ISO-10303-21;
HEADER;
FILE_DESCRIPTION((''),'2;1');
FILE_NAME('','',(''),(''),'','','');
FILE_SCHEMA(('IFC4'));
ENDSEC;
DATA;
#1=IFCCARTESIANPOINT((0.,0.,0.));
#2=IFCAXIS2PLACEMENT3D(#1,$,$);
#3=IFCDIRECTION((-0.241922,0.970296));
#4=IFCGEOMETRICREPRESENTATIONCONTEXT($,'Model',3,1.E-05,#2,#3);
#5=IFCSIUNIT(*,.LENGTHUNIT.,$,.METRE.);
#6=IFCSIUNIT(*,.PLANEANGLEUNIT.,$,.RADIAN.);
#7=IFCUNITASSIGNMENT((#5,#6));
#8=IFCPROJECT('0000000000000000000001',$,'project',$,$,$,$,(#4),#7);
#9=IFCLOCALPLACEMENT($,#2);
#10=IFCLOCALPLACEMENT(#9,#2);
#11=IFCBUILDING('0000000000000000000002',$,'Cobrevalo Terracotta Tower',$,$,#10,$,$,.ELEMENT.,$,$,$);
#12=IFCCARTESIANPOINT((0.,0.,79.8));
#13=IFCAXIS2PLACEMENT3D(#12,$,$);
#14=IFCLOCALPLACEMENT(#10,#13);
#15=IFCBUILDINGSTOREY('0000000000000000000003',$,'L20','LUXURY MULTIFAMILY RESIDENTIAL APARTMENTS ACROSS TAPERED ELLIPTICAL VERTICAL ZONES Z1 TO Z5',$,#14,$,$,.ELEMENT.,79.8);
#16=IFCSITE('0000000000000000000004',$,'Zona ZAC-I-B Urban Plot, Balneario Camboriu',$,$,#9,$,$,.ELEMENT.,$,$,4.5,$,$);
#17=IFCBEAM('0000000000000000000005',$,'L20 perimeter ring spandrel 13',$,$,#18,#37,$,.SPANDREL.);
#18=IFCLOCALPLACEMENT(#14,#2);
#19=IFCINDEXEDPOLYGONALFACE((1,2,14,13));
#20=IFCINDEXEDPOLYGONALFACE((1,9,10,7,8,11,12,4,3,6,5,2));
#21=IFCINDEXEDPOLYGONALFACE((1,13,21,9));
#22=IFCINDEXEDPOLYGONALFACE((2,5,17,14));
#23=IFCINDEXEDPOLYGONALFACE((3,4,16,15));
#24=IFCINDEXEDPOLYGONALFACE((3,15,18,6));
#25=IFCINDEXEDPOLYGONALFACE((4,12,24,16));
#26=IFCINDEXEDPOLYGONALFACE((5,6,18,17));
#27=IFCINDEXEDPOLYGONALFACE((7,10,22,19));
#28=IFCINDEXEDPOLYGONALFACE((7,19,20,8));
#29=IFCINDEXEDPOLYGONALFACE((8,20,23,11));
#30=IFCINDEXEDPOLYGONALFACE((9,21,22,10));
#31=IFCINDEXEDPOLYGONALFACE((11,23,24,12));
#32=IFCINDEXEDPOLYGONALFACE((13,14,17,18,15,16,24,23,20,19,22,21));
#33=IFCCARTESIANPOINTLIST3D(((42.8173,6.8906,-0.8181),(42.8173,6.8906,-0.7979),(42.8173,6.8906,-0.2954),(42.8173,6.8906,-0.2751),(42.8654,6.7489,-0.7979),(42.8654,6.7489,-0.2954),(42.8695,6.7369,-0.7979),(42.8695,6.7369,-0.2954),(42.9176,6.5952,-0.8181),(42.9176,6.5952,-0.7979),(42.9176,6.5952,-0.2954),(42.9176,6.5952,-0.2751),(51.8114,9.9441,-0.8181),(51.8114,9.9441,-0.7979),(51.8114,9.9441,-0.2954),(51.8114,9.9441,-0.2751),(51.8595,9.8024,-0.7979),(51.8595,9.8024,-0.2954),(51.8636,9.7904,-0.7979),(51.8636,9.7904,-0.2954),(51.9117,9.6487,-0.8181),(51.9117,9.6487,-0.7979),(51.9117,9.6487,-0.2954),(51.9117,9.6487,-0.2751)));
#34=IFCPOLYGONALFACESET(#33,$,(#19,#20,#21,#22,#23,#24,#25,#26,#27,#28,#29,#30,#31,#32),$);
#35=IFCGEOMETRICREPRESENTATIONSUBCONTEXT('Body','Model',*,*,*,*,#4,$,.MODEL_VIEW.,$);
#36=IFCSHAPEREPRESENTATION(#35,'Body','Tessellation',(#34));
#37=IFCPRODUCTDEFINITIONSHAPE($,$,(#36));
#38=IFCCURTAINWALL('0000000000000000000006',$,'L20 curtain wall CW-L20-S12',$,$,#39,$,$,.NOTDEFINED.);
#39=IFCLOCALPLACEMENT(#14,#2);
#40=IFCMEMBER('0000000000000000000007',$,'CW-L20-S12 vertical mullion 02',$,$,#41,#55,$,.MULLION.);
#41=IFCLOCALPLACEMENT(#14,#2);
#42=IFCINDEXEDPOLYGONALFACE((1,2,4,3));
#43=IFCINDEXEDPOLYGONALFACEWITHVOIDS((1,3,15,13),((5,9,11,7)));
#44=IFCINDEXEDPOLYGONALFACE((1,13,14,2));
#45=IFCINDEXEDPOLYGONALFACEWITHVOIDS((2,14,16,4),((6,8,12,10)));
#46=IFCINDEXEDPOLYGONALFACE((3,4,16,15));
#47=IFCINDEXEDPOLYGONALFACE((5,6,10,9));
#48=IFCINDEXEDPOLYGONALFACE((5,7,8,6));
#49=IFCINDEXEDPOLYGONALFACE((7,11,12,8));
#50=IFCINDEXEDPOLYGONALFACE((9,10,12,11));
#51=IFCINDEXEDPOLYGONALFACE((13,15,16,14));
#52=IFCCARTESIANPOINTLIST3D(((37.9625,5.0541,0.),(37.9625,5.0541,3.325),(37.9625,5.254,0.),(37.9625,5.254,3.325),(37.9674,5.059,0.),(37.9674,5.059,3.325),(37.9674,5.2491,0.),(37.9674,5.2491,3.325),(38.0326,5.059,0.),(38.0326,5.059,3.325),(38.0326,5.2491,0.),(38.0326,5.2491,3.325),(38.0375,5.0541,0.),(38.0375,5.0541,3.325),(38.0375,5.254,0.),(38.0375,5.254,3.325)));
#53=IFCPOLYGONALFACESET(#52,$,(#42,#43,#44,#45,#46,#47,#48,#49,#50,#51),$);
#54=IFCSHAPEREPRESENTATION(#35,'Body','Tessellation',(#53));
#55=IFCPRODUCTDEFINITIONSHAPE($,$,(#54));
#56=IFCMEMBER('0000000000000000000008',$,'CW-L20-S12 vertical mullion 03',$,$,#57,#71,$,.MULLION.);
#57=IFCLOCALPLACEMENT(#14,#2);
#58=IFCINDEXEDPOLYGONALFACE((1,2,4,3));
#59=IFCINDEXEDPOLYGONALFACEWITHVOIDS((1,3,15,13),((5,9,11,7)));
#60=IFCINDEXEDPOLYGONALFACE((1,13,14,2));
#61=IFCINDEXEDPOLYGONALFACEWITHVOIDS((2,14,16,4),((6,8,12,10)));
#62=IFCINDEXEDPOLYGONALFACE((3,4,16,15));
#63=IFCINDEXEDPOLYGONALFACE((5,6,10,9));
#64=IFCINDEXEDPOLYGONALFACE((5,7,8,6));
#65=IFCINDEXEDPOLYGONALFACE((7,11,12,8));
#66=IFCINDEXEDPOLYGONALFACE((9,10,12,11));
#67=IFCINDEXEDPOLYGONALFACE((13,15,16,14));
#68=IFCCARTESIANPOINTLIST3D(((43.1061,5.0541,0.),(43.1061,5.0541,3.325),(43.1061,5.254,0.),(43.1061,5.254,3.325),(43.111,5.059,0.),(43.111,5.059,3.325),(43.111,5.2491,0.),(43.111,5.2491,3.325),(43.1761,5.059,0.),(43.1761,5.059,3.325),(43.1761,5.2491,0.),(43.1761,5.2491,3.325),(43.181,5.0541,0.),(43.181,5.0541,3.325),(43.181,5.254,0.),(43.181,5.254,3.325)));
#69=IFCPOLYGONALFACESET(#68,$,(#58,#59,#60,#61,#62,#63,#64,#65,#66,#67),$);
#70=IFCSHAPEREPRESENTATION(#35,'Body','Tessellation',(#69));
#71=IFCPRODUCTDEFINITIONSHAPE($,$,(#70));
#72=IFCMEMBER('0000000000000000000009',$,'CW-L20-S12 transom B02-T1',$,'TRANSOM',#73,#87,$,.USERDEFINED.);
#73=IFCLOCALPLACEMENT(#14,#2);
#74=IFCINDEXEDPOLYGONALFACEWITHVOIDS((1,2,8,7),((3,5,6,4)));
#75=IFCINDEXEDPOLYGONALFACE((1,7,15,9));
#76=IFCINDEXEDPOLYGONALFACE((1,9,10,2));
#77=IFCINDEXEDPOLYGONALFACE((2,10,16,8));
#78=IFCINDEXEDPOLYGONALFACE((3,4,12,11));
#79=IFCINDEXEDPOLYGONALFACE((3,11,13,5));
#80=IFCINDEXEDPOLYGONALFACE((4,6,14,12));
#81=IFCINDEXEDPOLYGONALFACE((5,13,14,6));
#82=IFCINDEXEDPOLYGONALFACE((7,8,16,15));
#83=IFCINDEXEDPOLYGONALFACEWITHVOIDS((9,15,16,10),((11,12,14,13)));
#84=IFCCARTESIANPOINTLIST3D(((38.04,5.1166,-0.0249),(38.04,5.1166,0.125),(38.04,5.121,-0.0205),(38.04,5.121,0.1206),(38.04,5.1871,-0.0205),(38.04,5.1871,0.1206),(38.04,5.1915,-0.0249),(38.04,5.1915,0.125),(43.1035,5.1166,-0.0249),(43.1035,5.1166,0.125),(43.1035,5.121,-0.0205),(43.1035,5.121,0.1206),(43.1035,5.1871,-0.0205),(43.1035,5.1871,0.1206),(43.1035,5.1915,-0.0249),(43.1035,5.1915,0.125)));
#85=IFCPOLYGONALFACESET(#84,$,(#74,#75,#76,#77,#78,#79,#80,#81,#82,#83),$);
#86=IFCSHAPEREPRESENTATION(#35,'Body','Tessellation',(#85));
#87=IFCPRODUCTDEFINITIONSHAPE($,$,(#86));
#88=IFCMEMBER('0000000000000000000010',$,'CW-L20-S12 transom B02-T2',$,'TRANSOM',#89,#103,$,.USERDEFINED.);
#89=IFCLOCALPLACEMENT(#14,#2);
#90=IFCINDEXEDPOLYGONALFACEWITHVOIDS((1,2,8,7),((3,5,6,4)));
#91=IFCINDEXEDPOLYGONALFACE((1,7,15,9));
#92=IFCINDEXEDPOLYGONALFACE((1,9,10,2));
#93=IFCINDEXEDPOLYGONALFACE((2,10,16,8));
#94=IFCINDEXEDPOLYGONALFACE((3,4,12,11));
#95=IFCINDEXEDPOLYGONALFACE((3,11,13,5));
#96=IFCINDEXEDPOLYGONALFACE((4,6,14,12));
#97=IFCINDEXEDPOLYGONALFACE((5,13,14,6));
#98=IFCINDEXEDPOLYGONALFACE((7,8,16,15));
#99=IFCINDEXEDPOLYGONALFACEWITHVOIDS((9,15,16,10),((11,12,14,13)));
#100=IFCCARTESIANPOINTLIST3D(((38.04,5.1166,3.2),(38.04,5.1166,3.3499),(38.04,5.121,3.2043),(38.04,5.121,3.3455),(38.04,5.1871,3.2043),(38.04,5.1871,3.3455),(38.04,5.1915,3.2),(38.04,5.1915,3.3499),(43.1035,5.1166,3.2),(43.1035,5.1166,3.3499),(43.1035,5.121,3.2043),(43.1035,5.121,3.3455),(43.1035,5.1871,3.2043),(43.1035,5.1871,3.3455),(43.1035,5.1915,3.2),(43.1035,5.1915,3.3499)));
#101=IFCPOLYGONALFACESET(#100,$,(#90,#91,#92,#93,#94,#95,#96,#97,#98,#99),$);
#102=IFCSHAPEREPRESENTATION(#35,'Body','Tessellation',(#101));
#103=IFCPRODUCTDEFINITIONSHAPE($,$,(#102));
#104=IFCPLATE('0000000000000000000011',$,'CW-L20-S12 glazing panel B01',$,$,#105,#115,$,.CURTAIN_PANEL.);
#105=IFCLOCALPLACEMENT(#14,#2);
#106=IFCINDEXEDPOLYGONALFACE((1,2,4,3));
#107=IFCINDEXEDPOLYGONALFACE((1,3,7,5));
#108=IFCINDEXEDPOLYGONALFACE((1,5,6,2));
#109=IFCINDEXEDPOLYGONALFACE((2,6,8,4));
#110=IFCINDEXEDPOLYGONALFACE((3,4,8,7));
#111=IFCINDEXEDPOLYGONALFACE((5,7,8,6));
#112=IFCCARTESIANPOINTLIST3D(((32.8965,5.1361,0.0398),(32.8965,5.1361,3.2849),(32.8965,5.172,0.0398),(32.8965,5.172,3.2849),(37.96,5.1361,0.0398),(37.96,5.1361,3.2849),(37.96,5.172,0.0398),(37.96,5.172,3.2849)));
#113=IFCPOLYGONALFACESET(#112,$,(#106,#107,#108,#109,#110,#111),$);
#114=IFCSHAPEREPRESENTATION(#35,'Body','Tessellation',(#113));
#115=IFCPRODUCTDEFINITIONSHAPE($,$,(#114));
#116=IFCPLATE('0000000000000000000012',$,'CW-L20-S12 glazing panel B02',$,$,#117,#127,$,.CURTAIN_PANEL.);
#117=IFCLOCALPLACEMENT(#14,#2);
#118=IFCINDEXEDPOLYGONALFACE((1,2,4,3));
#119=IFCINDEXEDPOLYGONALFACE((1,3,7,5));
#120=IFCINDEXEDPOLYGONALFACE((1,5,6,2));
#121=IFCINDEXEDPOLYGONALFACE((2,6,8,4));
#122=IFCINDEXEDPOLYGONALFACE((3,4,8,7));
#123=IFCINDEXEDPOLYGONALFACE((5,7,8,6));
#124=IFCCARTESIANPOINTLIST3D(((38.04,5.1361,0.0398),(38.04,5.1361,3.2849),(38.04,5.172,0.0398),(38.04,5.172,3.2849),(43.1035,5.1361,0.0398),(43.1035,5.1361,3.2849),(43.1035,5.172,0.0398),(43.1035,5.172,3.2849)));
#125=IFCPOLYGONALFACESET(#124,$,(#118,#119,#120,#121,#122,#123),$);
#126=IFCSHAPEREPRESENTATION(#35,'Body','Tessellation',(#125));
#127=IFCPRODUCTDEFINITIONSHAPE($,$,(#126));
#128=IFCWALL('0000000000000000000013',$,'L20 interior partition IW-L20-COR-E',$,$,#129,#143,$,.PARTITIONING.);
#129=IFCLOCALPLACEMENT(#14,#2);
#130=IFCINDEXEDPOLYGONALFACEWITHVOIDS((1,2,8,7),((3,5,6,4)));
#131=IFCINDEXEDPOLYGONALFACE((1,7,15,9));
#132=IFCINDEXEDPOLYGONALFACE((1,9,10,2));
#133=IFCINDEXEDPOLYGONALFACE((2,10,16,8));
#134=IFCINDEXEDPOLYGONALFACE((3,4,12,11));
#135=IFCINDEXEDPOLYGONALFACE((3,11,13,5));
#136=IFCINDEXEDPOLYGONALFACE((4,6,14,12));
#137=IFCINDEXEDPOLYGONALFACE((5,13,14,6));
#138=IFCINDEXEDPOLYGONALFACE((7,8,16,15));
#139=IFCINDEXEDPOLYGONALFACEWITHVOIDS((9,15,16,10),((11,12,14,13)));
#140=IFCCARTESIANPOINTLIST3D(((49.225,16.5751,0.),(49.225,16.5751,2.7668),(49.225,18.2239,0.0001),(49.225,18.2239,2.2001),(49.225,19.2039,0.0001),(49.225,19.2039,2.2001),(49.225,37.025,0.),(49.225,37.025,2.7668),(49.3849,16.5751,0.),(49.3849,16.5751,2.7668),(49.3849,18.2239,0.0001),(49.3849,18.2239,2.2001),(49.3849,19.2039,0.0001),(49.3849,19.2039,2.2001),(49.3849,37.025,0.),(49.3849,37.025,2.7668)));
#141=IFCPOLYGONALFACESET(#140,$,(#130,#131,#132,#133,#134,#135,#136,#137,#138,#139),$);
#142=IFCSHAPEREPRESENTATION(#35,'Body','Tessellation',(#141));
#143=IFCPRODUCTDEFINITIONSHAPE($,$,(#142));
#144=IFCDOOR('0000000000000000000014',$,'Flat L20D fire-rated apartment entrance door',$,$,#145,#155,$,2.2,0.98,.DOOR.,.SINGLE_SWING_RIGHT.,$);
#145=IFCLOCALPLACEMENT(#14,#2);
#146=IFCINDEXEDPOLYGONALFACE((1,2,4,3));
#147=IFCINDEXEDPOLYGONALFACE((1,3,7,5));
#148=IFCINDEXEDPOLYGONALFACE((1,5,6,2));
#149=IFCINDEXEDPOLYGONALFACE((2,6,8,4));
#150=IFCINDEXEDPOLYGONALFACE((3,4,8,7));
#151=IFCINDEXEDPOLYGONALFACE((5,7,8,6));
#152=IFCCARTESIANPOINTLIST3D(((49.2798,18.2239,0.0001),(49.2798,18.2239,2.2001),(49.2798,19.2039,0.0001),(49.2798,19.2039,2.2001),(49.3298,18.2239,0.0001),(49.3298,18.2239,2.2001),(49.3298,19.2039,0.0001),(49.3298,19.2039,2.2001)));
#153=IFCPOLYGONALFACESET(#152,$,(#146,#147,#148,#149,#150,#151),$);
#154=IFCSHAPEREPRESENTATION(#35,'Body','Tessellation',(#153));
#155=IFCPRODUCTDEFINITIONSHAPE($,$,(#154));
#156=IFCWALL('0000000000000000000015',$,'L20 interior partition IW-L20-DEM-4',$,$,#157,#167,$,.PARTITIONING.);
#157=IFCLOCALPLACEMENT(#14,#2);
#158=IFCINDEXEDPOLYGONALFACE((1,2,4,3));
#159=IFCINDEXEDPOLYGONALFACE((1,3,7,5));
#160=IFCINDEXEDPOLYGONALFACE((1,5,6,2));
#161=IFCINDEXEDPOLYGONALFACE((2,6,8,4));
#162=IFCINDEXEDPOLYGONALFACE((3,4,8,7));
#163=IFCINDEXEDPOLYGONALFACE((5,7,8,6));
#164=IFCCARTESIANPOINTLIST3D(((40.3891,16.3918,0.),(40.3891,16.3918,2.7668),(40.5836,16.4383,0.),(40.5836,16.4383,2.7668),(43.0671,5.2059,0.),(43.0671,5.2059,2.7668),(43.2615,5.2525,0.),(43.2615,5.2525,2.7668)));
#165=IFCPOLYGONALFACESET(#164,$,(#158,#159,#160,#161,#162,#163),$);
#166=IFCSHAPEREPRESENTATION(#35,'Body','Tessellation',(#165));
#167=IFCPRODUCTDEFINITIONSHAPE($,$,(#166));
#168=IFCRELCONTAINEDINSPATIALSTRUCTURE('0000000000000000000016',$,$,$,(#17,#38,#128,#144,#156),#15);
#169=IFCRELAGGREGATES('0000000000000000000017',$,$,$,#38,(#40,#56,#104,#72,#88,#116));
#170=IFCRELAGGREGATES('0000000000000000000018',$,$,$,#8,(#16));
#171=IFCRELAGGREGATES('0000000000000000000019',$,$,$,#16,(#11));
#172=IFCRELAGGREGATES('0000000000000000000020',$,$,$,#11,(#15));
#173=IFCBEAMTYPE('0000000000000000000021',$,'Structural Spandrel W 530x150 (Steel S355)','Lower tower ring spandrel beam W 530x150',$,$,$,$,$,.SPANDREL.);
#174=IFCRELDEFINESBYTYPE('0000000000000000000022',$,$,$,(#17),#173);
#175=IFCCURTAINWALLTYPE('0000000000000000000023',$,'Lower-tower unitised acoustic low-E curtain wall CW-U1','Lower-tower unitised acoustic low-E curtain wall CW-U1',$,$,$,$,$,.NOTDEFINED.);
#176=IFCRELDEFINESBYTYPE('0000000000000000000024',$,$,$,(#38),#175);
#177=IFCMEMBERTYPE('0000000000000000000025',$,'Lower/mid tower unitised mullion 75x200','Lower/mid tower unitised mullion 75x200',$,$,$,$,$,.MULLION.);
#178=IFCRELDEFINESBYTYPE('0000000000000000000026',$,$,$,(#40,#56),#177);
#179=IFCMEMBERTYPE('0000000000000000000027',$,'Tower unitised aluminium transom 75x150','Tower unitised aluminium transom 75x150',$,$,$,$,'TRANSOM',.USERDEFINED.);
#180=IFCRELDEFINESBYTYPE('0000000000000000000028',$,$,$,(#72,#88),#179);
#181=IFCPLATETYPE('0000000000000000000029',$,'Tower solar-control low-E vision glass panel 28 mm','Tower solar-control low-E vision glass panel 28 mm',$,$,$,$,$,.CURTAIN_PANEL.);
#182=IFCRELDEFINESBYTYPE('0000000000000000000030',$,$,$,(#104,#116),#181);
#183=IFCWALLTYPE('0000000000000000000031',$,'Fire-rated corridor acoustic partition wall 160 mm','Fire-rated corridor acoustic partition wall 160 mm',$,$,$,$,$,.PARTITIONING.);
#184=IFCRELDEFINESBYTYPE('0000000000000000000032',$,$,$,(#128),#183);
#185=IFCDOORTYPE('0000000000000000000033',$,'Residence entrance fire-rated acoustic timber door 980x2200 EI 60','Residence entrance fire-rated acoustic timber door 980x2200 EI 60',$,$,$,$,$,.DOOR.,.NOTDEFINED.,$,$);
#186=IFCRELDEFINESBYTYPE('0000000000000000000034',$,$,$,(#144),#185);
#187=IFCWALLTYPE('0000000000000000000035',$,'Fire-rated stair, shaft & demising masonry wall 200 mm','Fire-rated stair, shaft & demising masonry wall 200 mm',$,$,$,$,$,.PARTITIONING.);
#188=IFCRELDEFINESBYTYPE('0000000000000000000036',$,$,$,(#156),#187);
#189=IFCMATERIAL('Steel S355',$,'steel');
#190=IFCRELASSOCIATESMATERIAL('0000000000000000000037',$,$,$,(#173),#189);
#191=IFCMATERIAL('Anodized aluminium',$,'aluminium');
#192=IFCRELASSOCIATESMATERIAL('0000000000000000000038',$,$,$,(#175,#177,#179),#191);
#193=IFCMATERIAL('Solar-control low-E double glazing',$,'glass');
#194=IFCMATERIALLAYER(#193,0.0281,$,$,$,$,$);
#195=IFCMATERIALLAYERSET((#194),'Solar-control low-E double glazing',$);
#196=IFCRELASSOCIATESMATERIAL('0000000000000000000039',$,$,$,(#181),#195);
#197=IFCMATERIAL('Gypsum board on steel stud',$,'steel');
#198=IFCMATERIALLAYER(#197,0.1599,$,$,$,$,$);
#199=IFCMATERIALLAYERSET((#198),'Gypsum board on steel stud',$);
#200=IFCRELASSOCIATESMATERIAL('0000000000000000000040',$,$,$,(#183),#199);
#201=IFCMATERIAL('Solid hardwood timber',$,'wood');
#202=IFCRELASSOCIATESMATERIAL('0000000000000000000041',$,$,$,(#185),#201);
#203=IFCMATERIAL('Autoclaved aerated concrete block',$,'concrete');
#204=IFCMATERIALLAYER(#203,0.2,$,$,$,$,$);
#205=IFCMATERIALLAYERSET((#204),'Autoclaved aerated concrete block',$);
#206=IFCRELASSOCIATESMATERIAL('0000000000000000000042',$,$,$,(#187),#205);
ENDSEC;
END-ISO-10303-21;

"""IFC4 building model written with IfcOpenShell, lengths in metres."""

from ifc_helpers import new_model, si_unit, direction, frame, frame_2d, origin, origin_2d, place, context, subcontext, project, spatial, rectangle, hollow_rectangle, i_section, extrude, source, transform, mapped, material, layer, layer_set, material_profile, profile_set, type_object, element, fill, aggregate, save


model = new_model("IFC4")

# Units and contexts
model_context = context("Model", 3, precision=1e-05, world=origin(), true_north=direction((-0.241922, 0.970296)))
body_context = subcontext(model_context, "Body", "Model", "MODEL_VIEW")
ifc_project = project(units=[si_unit("LENGTHUNIT", "METRE"), si_unit("PLANEANGLEUNIT", "RADIAN")], contexts=[model_context])

# Site, building, storey
site_placement = place(None, origin())
site = spatial("IfcSite", under=ifc_project, at=site_placement, Name="Zona ZAC-I-B Urban Plot, Balneario Camboriu", CompositionType="ELEMENT", RefElevation=4.5)
building_placement = place(site_placement, origin())
building = spatial("IfcBuilding", under=site, at=building_placement, Name="Cobrevalo Terracotta Tower", CompositionType="ELEMENT")
storey_placement = place(building_placement, frame((0.0, 0.0, 79.8)))
storey = spatial("IfcBuildingStorey", under=building, at=storey_placement, Name="L20", Description="LUXURY MULTIFAMILY RESIDENTIAL APARTMENTS ACROSS TAPERED ELLIPTICAL VERTICAL ZONES Z1 TO Z5", CompositionType="ELEMENT", Elevation=79.8)

# Shared definitions
ifc_material_1 = material(Name="Steel S355", Category="steel")

# Beam
ifc_material_profile_1 = material_profile(ifc_material_1, i_section(OverallWidth=0.312, OverallDepth=0.543, WebThickness=0.0127, FlangeThickness=0.0203, at=origin_2d()), Name="W 530x150")
ifc_profile_set_1 = profile_set([ifc_material_profile_1], Name="Steel S355")
beam_type_1 = type_object("IfcBeamType", Name="Structural Spandrel W 530x150 (Steel S355)", Description="Lower tower ring spandrel beam W 530x150", PredefinedType="SPANDREL", material=ifc_profile_set_1)
beam_1_placement = place(storey_placement, frame((42.8674, 6.7429, -0.5466), z_axis=(0.946918, 0.321474, 0.0), x_axis=(-0.321474, 0.946918, 0.0)))
element("IfcBeam", 1, at=beam_1_placement, inside=storey, type_object=beam_type_1, Name="L20 perimeter ring spandrel 13", PredefinedType="SPANDREL", context=body_context, shape_type="SweptSolid", body=[
    extrude(i_section(OverallWidth=0.312, OverallDepth=0.543, WebThickness=0.0127, FlangeThickness=0.0203, at=origin_2d()), origin(), (0.0, 0.0, 1.0), 9.4983),
])

# Curtain wall, members, plates
ifc_material_2 = material(Name="Anodized aluminium", Category="aluminium")
curtain_wall_type = type_object("IfcCurtainWallType", Name="Lower-tower unitised acoustic low-E curtain wall CW-U1", Description="Lower-tower unitised acoustic low-E curtain wall CW-U1", PredefinedType="NOTDEFINED", material=ifc_material_2)
curtain_wall_placement = place(storey_placement, origin())
curtain_wall = element("IfcCurtainWall", 2, at=curtain_wall_placement, inside=storey, type_object=curtain_wall_type, Name="L20 curtain wall CW-L20-S12", PredefinedType="NOTDEFINED")
ifc_material_profile_2 = material_profile(ifc_material_2, hollow_rectangle(XDim=0.075, YDim=0.2, WallThickness=0.0049, at=origin_2d()), Name="CWM 75x200")
ifc_profile_set_2 = profile_set([ifc_material_profile_2], Name="Anodized aluminium")
member_type_1 = type_object("IfcMemberType", Name="Lower/mid tower unitised mullion 75x200", Description="Lower/mid tower unitised mullion 75x200", PredefinedType="MULLION", material=ifc_profile_set_2)
shared_shape_1 = source(origin(), body_context, "Body", "SweptSolid", [
    extrude(hollow_rectangle(XDim=0.075, YDim=0.2, WallThickness=0.0049, at=origin_2d()), origin(), (0.0, 0.0, 1.0), 3.325),
])
member_1_placement = place(storey_placement, frame((38.0, 5.1541, 0.0), z_axis=(0.0, 0.0, 1.0), x_axis=(1.0, 0.0, 0.0)))
member_1 = element("IfcMember", 3, at=member_1_placement, type_object=member_type_1, Name="CW-L20-S12 vertical mullion 02", PredefinedType="MULLION", context=body_context, shape_type="MappedRepresentation", body=[
    mapped(shared_shape_1, transform((0.0, 0.0, 0.0), scale=1.0)),
])
member_2_placement = place(storey_placement, frame((43.1436, 5.1541, 0.0), z_axis=(0.0, 0.0, 1.0), x_axis=(1.0, 0.0, 0.0)))
member_2 = element("IfcMember", 4, at=member_2_placement, type_object=member_type_1, Name="CW-L20-S12 vertical mullion 03", PredefinedType="MULLION", context=body_context, shape_type="MappedRepresentation", body=[
    mapped(shared_shape_1, transform((0.0, 0.0, 0.0), scale=1.0)),
])
ifc_material_profile_3 = material_profile(ifc_material_2, hollow_rectangle(XDim=0.075, YDim=0.1499, WallThickness=0.0044, at=origin_2d()), Name="CWT 75x150")
ifc_profile_set_3 = profile_set([ifc_material_profile_3], Name="Anodized aluminium")
member_type_2 = type_object("IfcMemberType", Name="Tower unitised aluminium transom 75x150", Description="Tower unitised aluminium transom 75x150", ElementType="TRANSOM", PredefinedType="USERDEFINED", material=ifc_profile_set_3)
shared_shape_2 = source(origin(), body_context, "Body", "SweptSolid", [
    extrude(hollow_rectangle(XDim=0.075, YDim=0.1499, WallThickness=0.0044, at=origin_2d()), origin(), (0.0, 0.0, 1.0), 5.0635),
])
member_3_placement = place(storey_placement, frame((38.04, 5.1541, 0.05), z_axis=(1.0, 0.0, 0.0), x_axis=(0.0, 1.0, 0.0)))
member_3 = element("IfcMember", 5, at=member_3_placement, type_object=member_type_2, Name="CW-L20-S12 transom B02-T1", ObjectType="TRANSOM", PredefinedType="USERDEFINED", context=body_context, shape_type="MappedRepresentation", body=[
    mapped(shared_shape_2, transform((0.0, 0.0, 0.0), scale=1.0)),
])
member_4_placement = place(storey_placement, frame((38.04, 5.1541, 3.2749), z_axis=(1.0, 0.0, 0.0), x_axis=(0.0, 1.0, 0.0)))
member_4 = element("IfcMember", 6, at=member_4_placement, type_object=member_type_2, Name="CW-L20-S12 transom B02-T2", ObjectType="TRANSOM", PredefinedType="USERDEFINED", context=body_context, shape_type="MappedRepresentation", body=[
    mapped(shared_shape_2, transform((0.0, 0.0, 0.0), scale=1.0)),
])
ifc_material_3 = material(Name="Solar-control low-E double glazing", Category="glass")
ifc_layer_1 = layer(ifc_material_3, 0.0281)
ifc_layer_set_1 = layer_set([ifc_layer_1], Name="Solar-control low-E double glazing")
plate_type = type_object("IfcPlateType", Name="Tower solar-control low-E vision glass panel 28 mm", Description="Tower solar-control low-E vision glass panel 28 mm", PredefinedType="CURTAIN_PANEL", material=ifc_layer_set_1)
shared_shape_3 = source(origin(), body_context, "Body", "SweptSolid", [
    extrude(rectangle(XDim=5.0635, YDim=0.0359, at=origin_2d()), origin(), (0.0, 0.0, 1.0), 3.2451),
])
plate_1_placement = place(storey_placement, frame((35.4282, 5.1541, 0.0398), z_axis=(0.0, 0.0, 1.0), x_axis=(1.0, 0.0, 0.0)))
plate_1 = element("IfcPlate", 7, at=plate_1_placement, type_object=plate_type, Name="CW-L20-S12 glazing panel B01", PredefinedType="CURTAIN_PANEL", context=body_context, shape_type="MappedRepresentation", body=[
    mapped(shared_shape_3, transform((0.0, 0.0, 0.0), scale=1.0)),
])
plate_2_placement = place(storey_placement, frame((40.5718, 5.1541, 0.0398), z_axis=(0.0, 0.0, 1.0), x_axis=(1.0, 0.0, 0.0)))
plate_2 = element("IfcPlate", 8, at=plate_2_placement, type_object=plate_type, Name="CW-L20-S12 glazing panel B02", PredefinedType="CURTAIN_PANEL", context=body_context, shape_type="MappedRepresentation", body=[
    mapped(shared_shape_3, transform((0.0, 0.0, 0.0), scale=1.0)),
])
aggregate(curtain_wall, [member_1, member_2, plate_1, member_3, member_4, plate_2])

# Wall, opening, door
ifc_material_4 = material(Name="Gypsum board on steel stud", Category="steel")
ifc_layer_2 = layer(ifc_material_4, 0.1599)
ifc_layer_set_2 = layer_set([ifc_layer_2], Name="Gypsum board on steel stud")
wall_type_1 = type_object("IfcWallType", Name="Fire-rated corridor acoustic partition wall 160 mm", Description="Fire-rated corridor acoustic partition wall 160 mm", PredefinedType="PARTITIONING", material=ifc_layer_set_2)
wall_1_placement = place(storey_placement, frame((49.3049, 16.575, 0.0), z_axis=(0.0, 0.0, 1.0), x_axis=(0.0, 1.0, 0.0)))
wall_1 = element("IfcWall", 9, at=wall_1_placement, inside=storey, type_object=wall_type_1, Name="L20 interior partition IW-L20-COR-E", PredefinedType="PARTITIONING", context=body_context, shape_type="SweptSolid", body=[
    extrude(rectangle(XDim=20.45, YDim=0.1599, at=frame_2d((10.2251, 0.0))), origin(), (0.0, 0.0, 1.0), 2.7668),
])
opening_1_placement = place(wall_1_placement, frame((1.6489, 0.0, 0.0)))
opening_1 = element("IfcOpeningElement", 10, at=opening_1_placement, cuts=wall_1, PredefinedType="OPENING", context=body_context, shape_type="SweptSolid", body=[
    extrude(rectangle(XDim=0.98, YDim=2.2, at=frame_2d((0.49, 1.1001))), frame((0.0, 0.0898, 0.0), z_axis=(0.0, -1.0, 0.0), x_axis=(1.0, 0.0, 0.0)), (0.0, 0.0, 1.0), 0.1799),
])
ifc_material_5 = material(Name="Solid hardwood timber", Category="wood")
door_type_1 = type_object("IfcDoorType", Name="Residence entrance fire-rated acoustic timber door 980x2200 EI 60", Description="Residence entrance fire-rated acoustic timber door 980x2200 EI 60", OperationType="NOTDEFINED", PredefinedType="DOOR", material=ifc_material_5)
shared_shape_4 = source(origin(), body_context, "Body", "SweptSolid", [
    extrude(rectangle(XDim=0.98, YDim=2.2, at=frame_2d((0.49, 1.1001))), frame((0.0, 0.0249, 0.0), z_axis=(0.0, -1.0, 0.0), x_axis=(1.0, 0.0, 0.0)), (0.0, 0.0, 1.0), 0.05),
])
door_1_placement = place(opening_1_placement, frame((0.98, 0.0, 0.0), z_axis=(0.0, 0.0, 1.0), x_axis=(-1.0, 0.0, 0.0)))
door_1 = element("IfcDoor", 11, at=door_1_placement, inside=storey, type_object=door_type_1, Name="Flat L20D fire-rated apartment entrance door", OperationType="SINGLE_SWING_RIGHT", OverallHeight=2.2, OverallWidth=0.98, PredefinedType="DOOR", context=body_context, shape_type="MappedRepresentation", body=[
    mapped(shared_shape_4, transform((0.0, 0.0, 0.0), scale=1.0)),
])
fill(opening_1, door_1)

# Wall
ifc_material_6 = material(Name="Autoclaved aerated concrete block", Category="concrete")
ifc_layer_3 = layer(ifc_material_6, 0.2)
ifc_layer_set_3 = layer_set([ifc_layer_3], Name="Autoclaved aerated concrete block")
wall_type_2 = type_object("IfcWallType", Name="Fire-rated stair, shaft & demising masonry wall 200 mm", Description="Fire-rated stair, shaft & demising masonry wall 200 mm", PredefinedType="PARTITIONING", material=ifc_layer_set_3)
wall_2_placement = place(storey_placement, frame((40.4863, 16.415, 0.0), z_axis=(0.0, 0.0, 1.0), x_axis=(0.232829, -0.972518, 0.0)))
element("IfcWall", 12, at=wall_2_placement, inside=storey, type_object=wall_type_2, Name="L20 interior partition IW-L20-DEM-4", PredefinedType="PARTITIONING", context=body_context, shape_type="SweptSolid", body=[
    extrude(rectangle(XDim=11.502, YDim=0.2, at=frame_2d((5.751, 0.0))), origin(), (0.0, 0.0, 1.0), 2.7668),
])

save(model, "model.ifc")
